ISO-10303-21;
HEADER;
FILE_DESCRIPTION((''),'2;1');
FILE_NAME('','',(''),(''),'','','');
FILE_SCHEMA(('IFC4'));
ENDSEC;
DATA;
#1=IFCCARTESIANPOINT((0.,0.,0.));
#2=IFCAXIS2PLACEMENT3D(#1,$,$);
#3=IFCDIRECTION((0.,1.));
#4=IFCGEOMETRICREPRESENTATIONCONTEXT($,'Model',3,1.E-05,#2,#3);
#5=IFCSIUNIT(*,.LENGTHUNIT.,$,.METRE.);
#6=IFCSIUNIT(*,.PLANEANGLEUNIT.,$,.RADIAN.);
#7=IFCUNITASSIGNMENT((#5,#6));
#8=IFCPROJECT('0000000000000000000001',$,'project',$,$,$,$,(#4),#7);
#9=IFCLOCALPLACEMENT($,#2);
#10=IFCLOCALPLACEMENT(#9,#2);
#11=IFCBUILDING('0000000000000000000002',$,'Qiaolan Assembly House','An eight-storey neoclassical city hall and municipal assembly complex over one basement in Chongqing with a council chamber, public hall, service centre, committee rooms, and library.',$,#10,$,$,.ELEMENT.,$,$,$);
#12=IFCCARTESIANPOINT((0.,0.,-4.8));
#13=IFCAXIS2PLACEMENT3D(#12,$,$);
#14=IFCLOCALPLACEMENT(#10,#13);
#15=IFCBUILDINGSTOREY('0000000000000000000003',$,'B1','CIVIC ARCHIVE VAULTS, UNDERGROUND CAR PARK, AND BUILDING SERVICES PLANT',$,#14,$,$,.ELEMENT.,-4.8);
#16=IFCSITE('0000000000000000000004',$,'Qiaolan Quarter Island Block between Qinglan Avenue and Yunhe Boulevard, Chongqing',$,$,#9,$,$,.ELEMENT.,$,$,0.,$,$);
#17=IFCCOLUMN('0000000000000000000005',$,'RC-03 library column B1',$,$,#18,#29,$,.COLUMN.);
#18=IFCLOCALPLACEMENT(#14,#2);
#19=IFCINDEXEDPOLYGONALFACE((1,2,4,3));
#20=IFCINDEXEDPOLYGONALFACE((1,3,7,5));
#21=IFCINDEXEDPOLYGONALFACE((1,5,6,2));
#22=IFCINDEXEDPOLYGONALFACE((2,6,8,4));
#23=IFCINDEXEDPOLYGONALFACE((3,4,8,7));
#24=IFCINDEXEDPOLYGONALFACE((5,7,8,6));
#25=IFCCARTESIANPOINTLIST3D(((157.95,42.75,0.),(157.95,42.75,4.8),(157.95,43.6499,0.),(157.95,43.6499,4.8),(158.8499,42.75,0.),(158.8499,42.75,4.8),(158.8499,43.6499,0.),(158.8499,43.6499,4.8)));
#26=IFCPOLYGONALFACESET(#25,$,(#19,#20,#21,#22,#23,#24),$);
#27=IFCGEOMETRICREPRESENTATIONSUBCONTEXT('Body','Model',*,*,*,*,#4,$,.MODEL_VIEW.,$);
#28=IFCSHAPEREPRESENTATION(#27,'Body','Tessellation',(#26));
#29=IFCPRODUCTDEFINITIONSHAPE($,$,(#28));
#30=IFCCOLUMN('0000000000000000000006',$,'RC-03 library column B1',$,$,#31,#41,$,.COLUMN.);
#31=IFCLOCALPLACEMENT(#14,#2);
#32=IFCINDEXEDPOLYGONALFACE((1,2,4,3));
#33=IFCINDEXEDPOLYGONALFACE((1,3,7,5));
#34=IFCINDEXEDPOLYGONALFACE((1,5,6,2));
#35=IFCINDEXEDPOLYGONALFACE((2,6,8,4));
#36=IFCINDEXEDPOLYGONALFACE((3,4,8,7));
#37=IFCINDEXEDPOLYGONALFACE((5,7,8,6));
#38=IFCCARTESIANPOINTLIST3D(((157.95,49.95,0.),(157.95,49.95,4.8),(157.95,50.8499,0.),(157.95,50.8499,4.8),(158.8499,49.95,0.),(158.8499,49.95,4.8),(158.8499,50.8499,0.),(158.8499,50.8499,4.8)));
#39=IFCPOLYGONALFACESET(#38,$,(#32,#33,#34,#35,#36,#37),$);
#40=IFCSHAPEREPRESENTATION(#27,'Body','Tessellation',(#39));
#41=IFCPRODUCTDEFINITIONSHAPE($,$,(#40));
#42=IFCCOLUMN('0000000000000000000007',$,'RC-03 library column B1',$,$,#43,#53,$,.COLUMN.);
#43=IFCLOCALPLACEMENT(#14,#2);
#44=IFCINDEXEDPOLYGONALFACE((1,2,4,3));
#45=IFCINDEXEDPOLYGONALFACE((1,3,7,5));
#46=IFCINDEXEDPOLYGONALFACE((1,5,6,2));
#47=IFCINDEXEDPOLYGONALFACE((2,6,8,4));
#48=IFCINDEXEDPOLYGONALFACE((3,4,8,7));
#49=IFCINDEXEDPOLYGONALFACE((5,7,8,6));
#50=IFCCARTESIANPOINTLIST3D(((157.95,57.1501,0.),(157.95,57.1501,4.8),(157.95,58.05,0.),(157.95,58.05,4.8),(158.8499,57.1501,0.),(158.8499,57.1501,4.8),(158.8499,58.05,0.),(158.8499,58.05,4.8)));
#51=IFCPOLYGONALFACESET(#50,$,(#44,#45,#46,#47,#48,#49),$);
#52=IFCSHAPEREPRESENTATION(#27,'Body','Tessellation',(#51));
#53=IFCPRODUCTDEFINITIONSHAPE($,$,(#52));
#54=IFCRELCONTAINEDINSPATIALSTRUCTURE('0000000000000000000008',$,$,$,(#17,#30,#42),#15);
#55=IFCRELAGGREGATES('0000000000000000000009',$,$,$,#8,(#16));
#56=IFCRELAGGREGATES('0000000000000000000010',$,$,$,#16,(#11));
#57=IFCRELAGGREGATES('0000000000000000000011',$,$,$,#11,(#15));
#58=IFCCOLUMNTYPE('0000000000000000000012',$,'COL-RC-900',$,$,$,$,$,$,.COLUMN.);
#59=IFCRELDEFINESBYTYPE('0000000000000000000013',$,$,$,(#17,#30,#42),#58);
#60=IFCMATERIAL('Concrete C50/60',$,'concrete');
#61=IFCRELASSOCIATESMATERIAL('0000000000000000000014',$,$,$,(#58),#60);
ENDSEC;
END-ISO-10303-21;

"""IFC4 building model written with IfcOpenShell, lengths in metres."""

from ifc_helpers import new_model, si_unit, direction, frame, origin, origin_2d, place, context, subcontext, project, spatial, rectangle, extrude, material, material_profile, profile_set, type_object, element, save


model = new_model("IFC4")

# Units and contexts
model_context = context("Model", 3, precision=1e-05, world=origin(), true_north=direction((0.0, 1.0)))
body_context = subcontext(model_context, "Body", "Model", "MODEL_VIEW")
ifc_project = project(units=[si_unit("LENGTHUNIT", "METRE"), si_unit("PLANEANGLEUNIT", "RADIAN")], contexts=[model_context])

# Site, building, storey
site_placement = place(None, origin())
site = spatial("IfcSite", under=ifc_project, at=site_placement, Name="Qiaolan Quarter Island Block between Qinglan Avenue and Yunhe Boulevard, Chongqing", CompositionType="ELEMENT", RefElevation=0.0)
building_placement = place(site_placement, origin())
building = spatial("IfcBuilding", under=site, at=building_placement, Name="Qiaolan Assembly House", Description="An eight-storey neoclassical city hall and municipal assembly complex over one basement in Chongqing with a council chamber, public hall, service centre, committee rooms, and library.", CompositionType="ELEMENT")
storey_placement = place(building_placement, frame((0.0, 0.0, -4.8)))
storey = spatial("IfcBuildingStorey", under=building, at=storey_placement, Name="B1", Description="CIVIC ARCHIVE VAULTS, UNDERGROUND CAR PARK, AND BUILDING SERVICES PLANT", CompositionType="ELEMENT", Elevation=-4.8)

# Columns
ifc_material_1 = material(Name="Concrete C50/60", Category="concrete")
ifc_material_profile_1 = material_profile(ifc_material_1, rectangle(XDim=0.8999, YDim=0.8999, at=origin_2d()), Name="RC 900x900")
ifc_profile_set_1 = profile_set([ifc_material_profile_1], Name="Concrete C50/60")
column_type = type_object("IfcColumnType", Name="COL-RC-900", PredefinedType="COLUMN", material=ifc_profile_set_1)
for number, where, z_axis, x_axis, name in (
    (1, (158.3999, 43.2, 0.0), (0.0, 0.0, 1.0), (1.0, 0.0, 0.0), "RC-03 library column B1"),
    (2, (158.3999, 50.3999, 0.0), (0.0, 0.0, 1.0), (1.0, 0.0, 0.0), "RC-03 library column B1"),
    (3, (158.3999, 57.6001, 0.0), (0.0, 0.0, 1.0), (1.0, 0.0, 0.0), "RC-03 library column B1"),
):
    element("IfcColumn", number, at=place(storey_placement, frame(where, z_axis=z_axis, x_axis=x_axis)), inside=storey, type_object=column_type, Name=name, PredefinedType="COLUMN", context=body_context, shape_type="SweptSolid", body=[
        extrude(rectangle(XDim=0.8999, YDim=0.8999, at=origin_2d()), origin(), (0.0, 0.0, 1.0), 4.8),
    ])

save(model, "model.ifc")
